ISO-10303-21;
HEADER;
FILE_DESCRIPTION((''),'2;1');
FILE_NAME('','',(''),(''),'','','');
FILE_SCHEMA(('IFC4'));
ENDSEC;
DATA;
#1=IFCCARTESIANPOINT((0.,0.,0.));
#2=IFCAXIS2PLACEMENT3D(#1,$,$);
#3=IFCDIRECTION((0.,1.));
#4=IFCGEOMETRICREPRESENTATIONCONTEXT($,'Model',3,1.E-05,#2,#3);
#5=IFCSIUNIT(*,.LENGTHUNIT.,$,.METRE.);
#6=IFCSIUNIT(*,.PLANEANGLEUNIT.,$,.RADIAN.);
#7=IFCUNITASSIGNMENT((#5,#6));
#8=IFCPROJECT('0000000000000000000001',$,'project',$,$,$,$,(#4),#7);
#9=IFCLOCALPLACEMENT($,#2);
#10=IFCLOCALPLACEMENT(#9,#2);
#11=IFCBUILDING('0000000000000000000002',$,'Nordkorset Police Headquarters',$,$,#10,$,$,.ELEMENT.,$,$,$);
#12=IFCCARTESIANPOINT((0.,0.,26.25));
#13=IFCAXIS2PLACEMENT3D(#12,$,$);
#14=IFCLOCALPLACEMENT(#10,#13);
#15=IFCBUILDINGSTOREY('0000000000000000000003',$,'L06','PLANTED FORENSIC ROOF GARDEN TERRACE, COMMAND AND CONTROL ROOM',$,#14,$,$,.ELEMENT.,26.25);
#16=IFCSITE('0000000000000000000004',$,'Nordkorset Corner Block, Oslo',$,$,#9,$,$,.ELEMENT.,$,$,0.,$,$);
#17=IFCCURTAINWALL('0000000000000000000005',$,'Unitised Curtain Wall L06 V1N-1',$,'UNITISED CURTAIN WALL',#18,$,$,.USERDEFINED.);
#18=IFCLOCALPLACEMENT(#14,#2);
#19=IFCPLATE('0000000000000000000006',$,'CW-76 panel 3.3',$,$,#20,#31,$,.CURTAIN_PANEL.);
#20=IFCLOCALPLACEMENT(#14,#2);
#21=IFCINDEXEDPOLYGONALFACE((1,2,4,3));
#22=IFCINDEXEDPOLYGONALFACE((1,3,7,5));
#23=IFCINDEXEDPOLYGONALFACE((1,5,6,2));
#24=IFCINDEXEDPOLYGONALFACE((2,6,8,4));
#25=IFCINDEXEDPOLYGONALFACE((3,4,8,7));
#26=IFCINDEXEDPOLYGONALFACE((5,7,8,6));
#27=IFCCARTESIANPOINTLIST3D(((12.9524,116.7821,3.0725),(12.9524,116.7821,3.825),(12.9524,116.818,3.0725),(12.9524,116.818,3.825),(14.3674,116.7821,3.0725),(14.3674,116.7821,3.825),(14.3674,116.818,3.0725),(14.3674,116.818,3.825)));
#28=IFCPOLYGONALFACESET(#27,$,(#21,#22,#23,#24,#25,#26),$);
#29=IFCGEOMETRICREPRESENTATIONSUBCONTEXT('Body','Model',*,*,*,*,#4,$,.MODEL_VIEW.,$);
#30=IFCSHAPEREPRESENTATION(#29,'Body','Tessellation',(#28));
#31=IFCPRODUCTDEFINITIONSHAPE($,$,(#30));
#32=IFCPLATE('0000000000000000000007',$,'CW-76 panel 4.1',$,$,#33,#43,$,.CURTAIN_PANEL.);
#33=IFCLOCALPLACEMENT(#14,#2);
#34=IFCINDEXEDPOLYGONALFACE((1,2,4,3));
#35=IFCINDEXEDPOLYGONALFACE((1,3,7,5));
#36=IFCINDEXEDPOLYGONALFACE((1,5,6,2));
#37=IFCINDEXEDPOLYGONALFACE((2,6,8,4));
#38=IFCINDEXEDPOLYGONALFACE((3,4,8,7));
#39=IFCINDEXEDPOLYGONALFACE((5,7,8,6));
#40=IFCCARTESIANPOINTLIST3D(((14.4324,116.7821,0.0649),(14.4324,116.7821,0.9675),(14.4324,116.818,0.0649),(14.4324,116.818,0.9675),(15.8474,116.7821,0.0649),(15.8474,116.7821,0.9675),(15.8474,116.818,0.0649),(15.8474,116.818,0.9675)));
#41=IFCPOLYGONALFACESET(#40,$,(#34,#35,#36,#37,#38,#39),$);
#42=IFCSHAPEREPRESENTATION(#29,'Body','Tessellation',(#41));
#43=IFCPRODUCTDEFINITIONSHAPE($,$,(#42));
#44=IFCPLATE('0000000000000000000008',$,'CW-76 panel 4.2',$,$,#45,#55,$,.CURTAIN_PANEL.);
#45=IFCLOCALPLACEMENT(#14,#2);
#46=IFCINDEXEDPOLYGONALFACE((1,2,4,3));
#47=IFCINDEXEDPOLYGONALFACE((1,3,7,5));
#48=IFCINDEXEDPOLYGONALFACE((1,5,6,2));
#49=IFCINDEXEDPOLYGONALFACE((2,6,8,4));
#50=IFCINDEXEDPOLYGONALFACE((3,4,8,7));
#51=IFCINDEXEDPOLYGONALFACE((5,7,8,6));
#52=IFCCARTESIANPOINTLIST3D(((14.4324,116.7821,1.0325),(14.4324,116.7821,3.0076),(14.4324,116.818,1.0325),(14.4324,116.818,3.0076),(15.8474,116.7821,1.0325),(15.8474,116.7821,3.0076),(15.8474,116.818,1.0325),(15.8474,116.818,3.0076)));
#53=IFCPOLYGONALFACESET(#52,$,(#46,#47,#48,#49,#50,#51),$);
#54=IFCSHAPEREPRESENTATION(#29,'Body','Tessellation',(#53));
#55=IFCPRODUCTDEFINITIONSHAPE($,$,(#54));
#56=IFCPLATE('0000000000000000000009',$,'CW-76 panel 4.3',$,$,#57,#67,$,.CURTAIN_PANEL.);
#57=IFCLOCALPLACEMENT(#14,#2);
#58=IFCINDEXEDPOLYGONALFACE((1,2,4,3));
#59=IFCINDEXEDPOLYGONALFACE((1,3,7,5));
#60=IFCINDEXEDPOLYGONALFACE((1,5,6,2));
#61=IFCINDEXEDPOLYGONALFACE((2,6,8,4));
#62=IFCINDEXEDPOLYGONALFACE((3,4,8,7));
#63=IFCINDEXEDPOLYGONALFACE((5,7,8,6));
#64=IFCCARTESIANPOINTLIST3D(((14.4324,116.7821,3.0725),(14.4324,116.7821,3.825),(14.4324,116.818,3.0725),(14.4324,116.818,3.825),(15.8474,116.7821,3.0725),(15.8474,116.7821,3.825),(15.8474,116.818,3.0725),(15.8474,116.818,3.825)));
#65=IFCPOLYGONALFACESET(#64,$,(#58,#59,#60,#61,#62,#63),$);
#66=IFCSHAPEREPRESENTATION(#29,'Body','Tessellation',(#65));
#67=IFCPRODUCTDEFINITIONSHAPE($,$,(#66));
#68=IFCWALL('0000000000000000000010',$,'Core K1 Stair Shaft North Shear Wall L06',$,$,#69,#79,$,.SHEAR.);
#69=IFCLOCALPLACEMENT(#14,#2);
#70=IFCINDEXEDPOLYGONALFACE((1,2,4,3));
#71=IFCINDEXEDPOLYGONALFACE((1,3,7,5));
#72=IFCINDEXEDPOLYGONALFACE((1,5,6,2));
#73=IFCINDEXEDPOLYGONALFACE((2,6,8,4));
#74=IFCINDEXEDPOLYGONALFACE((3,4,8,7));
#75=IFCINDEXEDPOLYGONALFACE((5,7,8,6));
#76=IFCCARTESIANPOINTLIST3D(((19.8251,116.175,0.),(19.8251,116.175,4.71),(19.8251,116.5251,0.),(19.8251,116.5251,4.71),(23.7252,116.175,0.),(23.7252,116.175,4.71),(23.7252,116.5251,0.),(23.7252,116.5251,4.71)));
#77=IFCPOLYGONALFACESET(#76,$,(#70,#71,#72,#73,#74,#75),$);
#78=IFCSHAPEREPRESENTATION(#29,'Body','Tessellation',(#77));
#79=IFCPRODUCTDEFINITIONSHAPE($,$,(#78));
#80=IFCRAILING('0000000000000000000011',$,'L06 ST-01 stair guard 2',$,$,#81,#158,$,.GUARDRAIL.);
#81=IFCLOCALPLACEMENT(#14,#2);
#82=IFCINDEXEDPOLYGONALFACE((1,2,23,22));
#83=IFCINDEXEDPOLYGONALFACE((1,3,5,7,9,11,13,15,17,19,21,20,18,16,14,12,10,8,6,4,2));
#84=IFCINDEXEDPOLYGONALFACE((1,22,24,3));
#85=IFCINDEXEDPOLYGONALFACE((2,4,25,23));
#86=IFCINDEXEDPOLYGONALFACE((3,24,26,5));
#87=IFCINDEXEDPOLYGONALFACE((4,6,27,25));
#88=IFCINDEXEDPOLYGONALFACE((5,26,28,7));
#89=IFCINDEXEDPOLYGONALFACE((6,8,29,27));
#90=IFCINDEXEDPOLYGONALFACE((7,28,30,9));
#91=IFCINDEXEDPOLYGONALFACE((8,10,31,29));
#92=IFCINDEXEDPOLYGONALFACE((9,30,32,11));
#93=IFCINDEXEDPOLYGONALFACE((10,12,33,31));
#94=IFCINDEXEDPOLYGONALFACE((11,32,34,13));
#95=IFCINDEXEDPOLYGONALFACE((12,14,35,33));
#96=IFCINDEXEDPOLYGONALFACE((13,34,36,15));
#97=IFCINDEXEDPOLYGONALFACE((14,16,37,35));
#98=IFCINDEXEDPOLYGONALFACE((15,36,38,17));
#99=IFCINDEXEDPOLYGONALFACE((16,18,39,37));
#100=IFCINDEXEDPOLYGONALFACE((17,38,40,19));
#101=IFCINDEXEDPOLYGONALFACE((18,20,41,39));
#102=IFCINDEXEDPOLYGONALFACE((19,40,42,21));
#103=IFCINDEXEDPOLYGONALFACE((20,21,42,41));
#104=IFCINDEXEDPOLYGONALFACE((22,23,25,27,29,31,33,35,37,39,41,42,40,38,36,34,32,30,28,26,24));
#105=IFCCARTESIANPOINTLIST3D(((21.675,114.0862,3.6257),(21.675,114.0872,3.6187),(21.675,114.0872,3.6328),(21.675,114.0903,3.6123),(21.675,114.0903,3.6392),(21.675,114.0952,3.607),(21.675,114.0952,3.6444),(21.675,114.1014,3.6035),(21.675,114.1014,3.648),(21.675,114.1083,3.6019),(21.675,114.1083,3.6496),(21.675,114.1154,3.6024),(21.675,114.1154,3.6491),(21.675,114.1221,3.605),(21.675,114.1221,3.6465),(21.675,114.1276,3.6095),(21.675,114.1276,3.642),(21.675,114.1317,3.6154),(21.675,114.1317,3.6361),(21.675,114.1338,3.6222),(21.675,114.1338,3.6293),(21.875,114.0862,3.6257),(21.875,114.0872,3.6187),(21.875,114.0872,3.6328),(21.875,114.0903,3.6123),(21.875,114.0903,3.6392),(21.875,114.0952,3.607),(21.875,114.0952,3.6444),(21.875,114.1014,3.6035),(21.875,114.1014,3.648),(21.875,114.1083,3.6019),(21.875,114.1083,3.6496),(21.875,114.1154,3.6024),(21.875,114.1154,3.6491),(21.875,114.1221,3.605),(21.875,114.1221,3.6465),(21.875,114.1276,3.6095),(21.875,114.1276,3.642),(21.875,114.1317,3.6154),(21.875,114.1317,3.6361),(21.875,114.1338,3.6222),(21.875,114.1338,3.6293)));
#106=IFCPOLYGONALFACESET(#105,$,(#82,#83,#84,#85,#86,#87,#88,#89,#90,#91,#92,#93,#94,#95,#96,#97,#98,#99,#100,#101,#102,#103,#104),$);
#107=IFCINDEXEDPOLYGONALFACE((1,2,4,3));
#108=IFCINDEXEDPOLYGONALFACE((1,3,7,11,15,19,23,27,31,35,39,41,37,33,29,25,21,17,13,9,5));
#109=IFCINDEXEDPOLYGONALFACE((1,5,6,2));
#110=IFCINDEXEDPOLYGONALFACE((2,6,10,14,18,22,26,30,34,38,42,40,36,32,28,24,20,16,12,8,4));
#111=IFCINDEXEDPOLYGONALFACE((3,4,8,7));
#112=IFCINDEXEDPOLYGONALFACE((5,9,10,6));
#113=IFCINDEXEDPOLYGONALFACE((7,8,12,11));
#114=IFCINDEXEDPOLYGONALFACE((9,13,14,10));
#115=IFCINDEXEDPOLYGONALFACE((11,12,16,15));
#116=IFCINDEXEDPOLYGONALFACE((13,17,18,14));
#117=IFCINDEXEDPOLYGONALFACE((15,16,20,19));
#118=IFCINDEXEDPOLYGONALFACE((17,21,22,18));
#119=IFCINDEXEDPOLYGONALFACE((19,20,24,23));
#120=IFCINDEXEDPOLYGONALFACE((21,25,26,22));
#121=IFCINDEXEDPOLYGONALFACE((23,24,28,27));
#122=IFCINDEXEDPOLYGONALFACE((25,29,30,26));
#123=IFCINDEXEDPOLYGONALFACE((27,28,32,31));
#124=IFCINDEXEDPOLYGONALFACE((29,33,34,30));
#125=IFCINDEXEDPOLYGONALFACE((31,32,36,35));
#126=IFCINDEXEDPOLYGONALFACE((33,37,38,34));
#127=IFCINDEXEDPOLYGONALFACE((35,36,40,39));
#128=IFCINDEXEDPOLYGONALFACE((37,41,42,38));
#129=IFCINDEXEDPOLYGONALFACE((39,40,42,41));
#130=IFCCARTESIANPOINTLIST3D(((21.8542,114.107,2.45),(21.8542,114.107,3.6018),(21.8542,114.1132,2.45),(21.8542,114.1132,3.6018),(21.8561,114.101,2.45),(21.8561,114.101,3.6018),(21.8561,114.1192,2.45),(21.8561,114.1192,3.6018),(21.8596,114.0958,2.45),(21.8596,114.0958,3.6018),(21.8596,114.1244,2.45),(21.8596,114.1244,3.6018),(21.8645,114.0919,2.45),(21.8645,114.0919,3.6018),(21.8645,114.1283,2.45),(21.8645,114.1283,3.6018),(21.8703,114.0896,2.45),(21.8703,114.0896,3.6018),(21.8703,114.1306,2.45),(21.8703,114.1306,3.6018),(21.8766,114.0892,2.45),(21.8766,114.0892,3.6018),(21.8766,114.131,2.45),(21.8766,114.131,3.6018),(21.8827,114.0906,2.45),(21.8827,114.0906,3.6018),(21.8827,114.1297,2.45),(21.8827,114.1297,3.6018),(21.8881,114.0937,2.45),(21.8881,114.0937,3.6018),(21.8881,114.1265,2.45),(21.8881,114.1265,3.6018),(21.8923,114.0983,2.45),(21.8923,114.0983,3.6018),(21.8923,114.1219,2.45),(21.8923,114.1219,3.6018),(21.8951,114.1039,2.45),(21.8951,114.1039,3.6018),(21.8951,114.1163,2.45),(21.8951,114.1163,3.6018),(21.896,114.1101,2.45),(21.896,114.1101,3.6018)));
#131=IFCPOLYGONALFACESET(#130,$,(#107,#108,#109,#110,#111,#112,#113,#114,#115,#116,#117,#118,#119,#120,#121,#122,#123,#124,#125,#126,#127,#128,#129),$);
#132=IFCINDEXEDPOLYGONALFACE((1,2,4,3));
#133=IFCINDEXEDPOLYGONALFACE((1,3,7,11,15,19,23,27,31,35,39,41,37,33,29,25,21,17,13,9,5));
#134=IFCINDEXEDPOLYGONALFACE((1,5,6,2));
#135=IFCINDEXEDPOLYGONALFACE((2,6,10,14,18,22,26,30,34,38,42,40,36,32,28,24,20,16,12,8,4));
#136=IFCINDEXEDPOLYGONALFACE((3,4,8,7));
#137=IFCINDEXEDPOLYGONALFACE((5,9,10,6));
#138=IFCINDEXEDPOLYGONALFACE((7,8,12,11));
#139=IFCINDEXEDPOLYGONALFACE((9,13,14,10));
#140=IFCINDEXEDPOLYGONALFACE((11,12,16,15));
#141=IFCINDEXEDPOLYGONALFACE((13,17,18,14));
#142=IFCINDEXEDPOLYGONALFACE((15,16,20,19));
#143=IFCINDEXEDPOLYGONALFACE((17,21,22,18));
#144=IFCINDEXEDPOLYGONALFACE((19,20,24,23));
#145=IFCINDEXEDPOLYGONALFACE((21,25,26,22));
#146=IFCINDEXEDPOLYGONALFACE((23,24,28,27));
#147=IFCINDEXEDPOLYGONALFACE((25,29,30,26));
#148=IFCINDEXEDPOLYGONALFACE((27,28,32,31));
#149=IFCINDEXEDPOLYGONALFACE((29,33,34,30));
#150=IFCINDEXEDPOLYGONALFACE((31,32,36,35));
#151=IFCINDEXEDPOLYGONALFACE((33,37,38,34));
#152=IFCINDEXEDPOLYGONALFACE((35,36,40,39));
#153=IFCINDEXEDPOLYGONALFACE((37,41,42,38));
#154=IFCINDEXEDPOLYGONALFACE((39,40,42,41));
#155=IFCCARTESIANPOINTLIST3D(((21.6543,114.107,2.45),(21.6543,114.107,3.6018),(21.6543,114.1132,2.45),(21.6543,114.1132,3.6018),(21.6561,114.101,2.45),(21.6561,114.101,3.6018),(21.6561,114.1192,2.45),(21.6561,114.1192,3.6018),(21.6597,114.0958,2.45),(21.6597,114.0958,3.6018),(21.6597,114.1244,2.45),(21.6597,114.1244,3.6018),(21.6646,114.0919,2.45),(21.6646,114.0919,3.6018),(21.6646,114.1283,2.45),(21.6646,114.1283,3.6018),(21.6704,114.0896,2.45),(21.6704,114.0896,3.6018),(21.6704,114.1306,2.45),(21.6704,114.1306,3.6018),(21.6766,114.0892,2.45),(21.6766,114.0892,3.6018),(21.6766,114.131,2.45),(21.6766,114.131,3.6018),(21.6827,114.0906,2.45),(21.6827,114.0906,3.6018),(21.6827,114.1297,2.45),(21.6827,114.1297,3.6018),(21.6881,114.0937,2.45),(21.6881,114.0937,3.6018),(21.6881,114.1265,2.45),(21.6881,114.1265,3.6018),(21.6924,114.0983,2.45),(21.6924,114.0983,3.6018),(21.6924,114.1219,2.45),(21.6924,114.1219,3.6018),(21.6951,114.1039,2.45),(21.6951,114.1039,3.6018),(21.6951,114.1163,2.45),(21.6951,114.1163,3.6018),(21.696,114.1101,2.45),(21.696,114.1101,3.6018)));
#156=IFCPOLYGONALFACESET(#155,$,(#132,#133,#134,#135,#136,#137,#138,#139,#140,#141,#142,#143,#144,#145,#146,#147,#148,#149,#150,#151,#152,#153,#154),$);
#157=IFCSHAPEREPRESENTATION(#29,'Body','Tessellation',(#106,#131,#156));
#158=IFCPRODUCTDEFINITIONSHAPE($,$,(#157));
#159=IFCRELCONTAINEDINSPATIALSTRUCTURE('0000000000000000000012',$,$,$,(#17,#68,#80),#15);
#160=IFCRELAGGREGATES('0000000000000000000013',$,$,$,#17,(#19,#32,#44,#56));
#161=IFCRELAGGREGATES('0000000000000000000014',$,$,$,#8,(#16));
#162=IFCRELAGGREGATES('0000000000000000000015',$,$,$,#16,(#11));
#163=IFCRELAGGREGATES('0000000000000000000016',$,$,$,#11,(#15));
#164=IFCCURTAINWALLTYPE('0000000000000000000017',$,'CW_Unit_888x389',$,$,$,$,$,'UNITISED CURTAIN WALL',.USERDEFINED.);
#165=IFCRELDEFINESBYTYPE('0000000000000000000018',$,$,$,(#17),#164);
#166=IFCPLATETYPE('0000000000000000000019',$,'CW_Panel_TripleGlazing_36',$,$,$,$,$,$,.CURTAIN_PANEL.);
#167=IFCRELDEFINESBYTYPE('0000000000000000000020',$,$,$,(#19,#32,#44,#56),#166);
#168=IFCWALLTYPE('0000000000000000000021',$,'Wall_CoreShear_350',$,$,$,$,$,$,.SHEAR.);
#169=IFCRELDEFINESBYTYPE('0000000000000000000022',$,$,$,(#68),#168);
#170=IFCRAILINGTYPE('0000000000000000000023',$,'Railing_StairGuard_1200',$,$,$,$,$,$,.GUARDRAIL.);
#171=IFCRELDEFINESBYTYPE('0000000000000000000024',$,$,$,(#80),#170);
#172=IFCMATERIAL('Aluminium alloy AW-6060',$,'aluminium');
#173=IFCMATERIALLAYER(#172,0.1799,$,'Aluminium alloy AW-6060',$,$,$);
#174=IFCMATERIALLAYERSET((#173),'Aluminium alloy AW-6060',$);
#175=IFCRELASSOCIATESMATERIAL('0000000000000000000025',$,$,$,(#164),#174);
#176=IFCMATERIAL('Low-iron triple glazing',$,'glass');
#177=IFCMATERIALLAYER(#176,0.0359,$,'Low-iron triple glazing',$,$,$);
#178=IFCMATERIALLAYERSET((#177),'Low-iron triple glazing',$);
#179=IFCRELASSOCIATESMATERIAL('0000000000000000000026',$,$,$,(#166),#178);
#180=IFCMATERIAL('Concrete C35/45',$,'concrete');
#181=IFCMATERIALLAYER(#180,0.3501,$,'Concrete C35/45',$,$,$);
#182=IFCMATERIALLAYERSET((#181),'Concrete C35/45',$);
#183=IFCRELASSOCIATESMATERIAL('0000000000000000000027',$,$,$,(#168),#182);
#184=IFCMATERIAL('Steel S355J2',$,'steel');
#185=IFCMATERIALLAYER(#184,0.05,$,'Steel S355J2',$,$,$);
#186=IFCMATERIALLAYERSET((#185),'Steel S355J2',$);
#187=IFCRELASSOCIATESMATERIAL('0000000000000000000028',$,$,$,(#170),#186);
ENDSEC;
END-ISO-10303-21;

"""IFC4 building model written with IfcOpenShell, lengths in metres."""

from ifc_helpers import new_model, si_unit, direction, frame, frame_2d, origin, origin_2d, place, context, subcontext, project, spatial, rectangle, circle, extrude, material, layer, layer_set, type_object, element, aggregate, save


model = new_model("IFC4")

# Units and contexts
model_context = context("Model", 3, precision=1e-05, world=origin(), true_north=direction((0.0, 1.0)))
body_context = subcontext(model_context, "Body", "Model", "MODEL_VIEW")
ifc_project = project(units=[si_unit("LENGTHUNIT", "METRE"), si_unit("PLANEANGLEUNIT", "RADIAN")], contexts=[model_context])

# Site, building, storey
site_placement = place(None, origin())
site = spatial("IfcSite", under=ifc_project, at=site_placement, Name="Nordkorset Corner Block, Oslo", CompositionType="ELEMENT", RefElevation=0.0)
building_placement = place(site_placement, origin())
building = spatial("IfcBuilding", under=site, at=building_placement, Name="Nordkorset Police Headquarters", CompositionType="ELEMENT")
storey_placement = place(building_placement, frame((0.0, 0.0, 26.25)))
storey = spatial("IfcBuildingStorey", under=building, at=storey_placement, Name="L06", Description="PLANTED FORENSIC ROOF GARDEN TERRACE, COMMAND AND CONTROL ROOM", CompositionType="ELEMENT", Elevation=26.25)

# Curtain wall, plates
ifc_material_1 = material(Name="Aluminium alloy AW-6060", Category="aluminium")
ifc_layer_1 = layer(ifc_material_1, 0.1799, Name="Aluminium alloy AW-6060")
ifc_layer_set_1 = layer_set([ifc_layer_1], Name="Aluminium alloy AW-6060")
curtain_wall_type = type_object("IfcCurtainWallType", Name="CW_Unit_888x389", ElementType="UNITISED CURTAIN WALL", PredefinedType="USERDEFINED", material=ifc_layer_set_1)
curtain_wall_placement = place(storey_placement, origin())
curtain_wall = element("IfcCurtainWall", 1, at=curtain_wall_placement, inside=storey, type_object=curtain_wall_type, Name="Unitised Curtain Wall L06 V1N-1", ObjectType="UNITISED CURTAIN WALL", PredefinedType="USERDEFINED")
ifc_material_2 = material(Name="Low-iron triple glazing", Category="glass")
ifc_layer_2 = layer(ifc_material_2, 0.0359, Name="Low-iron triple glazing")
ifc_layer_set_2 = layer_set([ifc_layer_2], Name="Low-iron triple glazing")
plate_type = type_object("IfcPlateType", Name="CW_Panel_TripleGlazing_36", PredefinedType="CURTAIN_PANEL", material=ifc_layer_set_2)
plate_1_placement = place(storey_placement, frame((13.6599, 116.8, 3.0725), z_axis=(0.0, 0.0, 1.0), x_axis=(1.0, 0.0, 0.0)))
plate_1 = element("IfcPlate", 2, at=plate_1_placement, type_object=plate_type, Name="CW-76 panel 3.3", PredefinedType="CURTAIN_PANEL", context=body_context, shape_type="SweptSolid", body=[
    extrude(rectangle(XDim=1.415, YDim=0.0359, at=origin_2d()), origin(), (0.0, 0.0, 1.0), 0.7524),
])
plate_2_placement = place(storey_placement, frame((15.1399, 116.8, 0.0649), z_axis=(0.0, 0.0, 1.0), x_axis=(1.0, 0.0, 0.0)))
plate_2 = element("IfcPlate", 3, at=plate_2_placement, type_object=plate_type, Name="CW-76 panel 4.1", PredefinedType="CURTAIN_PANEL", context=body_context, shape_type="SweptSolid", body=[
    extrude(rectangle(XDim=1.415, YDim=0.0359, at=origin_2d()), origin(), (0.0, 0.0, 1.0), 0.9026),
])
plate_3_placement = place(storey_placement, frame((15.1399, 116.8, 1.0325), z_axis=(0.0, 0.0, 1.0), x_axis=(1.0, 0.0, 0.0)))
plate_3 = element("IfcPlate", 4, at=plate_3_placement, type_object=plate_type, Name="CW-76 panel 4.2", PredefinedType="CURTAIN_PANEL", context=body_context, shape_type="SweptSolid", body=[
    extrude(rectangle(XDim=1.415, YDim=0.0359, at=origin_2d()), origin(), (0.0, 0.0, 1.0), 1.9751),
])
plate_4_placement = place(storey_placement, frame((15.1399, 116.8, 3.0725), z_axis=(0.0, 0.0, 1.0), x_axis=(1.0, 0.0, 0.0)))
plate_4 = element("IfcPlate", 5, at=plate_4_placement, type_object=plate_type, Name="CW-76 panel 4.3", PredefinedType="CURTAIN_PANEL", context=body_context, shape_type="SweptSolid", body=[
    extrude(rectangle(XDim=1.415, YDim=0.0359, at=origin_2d()), origin(), (0.0, 0.0, 1.0), 0.7524),
])
aggregate(curtain_wall, [plate_1, plate_2, plate_3, plate_4])

# Wall
ifc_material_3 = material(Name="Concrete C35/45", Category="concrete")
ifc_layer_3 = layer(ifc_material_3, 0.3501, Name="Concrete C35/45")
ifc_layer_set_3 = layer_set([ifc_layer_3], Name="Concrete C35/45")
wall_type = type_object("IfcWallType", Name="Wall_CoreShear_350", PredefinedType="SHEAR", material=ifc_layer_set_3)
wall_placement = place(storey_placement, frame((19.825, 116.3501, 0.0), z_axis=(0.0, 0.0, 1.0), x_axis=(1.0, 0.0, 0.0)))
element("IfcWall", 6, at=wall_placement, inside=storey, type_object=wall_type, Name="Core K1 Stair Shaft North Shear Wall L06", PredefinedType="SHEAR", context=body_context, shape_type="SweptSolid", body=[
    extrude(rectangle(XDim=3.9001, YDim=0.3501, at=frame_2d((1.9502, 0.0))), origin(), (0.0, 0.0, 1.0), 4.71),
])

# Railing
ifc_material_4 = material(Name="Steel S355J2", Category="steel")
ifc_layer_4 = layer(ifc_material_4, 0.05, Name="Steel S355J2")
ifc_layer_set_4 = layer_set([ifc_layer_4], Name="Steel S355J2")
railing_type = type_object("IfcRailingType", Name="Railing_StairGuard_1200", PredefinedType="GUARDRAIL", material=ifc_layer_set_4)
railing_placement = place(storey_placement, frame((21.875, 114.1101, 2.45)))
element("IfcRailing", 7, at=railing_placement, inside=storey, type_object=railing_type, Name="L06 ST-01 stair guard 2", PredefinedType="GUARDRAIL", context=body_context, shape_type="SweptSolid", body=[
    extrude(circle(Radius=0.0239, at=origin_2d()), frame((0.0, 0.0, 1.1758), z_axis=(-1.0, 0.0, 0.0), x_axis=(0.0, -1.0, 0.0)), (0.0, 0.0, 1.0), 0.2),
    extrude(circle(Radius=0.021, at=origin_2d()), origin(), (0.0, 0.0, 1.0), 1.1519),
    extrude(circle(Radius=0.021, at=origin_2d()), frame((-0.2, 0.0, 0.0)), (0.0, 0.0, 1.0), 1.1519),
])

save(model, "model.ifc")
